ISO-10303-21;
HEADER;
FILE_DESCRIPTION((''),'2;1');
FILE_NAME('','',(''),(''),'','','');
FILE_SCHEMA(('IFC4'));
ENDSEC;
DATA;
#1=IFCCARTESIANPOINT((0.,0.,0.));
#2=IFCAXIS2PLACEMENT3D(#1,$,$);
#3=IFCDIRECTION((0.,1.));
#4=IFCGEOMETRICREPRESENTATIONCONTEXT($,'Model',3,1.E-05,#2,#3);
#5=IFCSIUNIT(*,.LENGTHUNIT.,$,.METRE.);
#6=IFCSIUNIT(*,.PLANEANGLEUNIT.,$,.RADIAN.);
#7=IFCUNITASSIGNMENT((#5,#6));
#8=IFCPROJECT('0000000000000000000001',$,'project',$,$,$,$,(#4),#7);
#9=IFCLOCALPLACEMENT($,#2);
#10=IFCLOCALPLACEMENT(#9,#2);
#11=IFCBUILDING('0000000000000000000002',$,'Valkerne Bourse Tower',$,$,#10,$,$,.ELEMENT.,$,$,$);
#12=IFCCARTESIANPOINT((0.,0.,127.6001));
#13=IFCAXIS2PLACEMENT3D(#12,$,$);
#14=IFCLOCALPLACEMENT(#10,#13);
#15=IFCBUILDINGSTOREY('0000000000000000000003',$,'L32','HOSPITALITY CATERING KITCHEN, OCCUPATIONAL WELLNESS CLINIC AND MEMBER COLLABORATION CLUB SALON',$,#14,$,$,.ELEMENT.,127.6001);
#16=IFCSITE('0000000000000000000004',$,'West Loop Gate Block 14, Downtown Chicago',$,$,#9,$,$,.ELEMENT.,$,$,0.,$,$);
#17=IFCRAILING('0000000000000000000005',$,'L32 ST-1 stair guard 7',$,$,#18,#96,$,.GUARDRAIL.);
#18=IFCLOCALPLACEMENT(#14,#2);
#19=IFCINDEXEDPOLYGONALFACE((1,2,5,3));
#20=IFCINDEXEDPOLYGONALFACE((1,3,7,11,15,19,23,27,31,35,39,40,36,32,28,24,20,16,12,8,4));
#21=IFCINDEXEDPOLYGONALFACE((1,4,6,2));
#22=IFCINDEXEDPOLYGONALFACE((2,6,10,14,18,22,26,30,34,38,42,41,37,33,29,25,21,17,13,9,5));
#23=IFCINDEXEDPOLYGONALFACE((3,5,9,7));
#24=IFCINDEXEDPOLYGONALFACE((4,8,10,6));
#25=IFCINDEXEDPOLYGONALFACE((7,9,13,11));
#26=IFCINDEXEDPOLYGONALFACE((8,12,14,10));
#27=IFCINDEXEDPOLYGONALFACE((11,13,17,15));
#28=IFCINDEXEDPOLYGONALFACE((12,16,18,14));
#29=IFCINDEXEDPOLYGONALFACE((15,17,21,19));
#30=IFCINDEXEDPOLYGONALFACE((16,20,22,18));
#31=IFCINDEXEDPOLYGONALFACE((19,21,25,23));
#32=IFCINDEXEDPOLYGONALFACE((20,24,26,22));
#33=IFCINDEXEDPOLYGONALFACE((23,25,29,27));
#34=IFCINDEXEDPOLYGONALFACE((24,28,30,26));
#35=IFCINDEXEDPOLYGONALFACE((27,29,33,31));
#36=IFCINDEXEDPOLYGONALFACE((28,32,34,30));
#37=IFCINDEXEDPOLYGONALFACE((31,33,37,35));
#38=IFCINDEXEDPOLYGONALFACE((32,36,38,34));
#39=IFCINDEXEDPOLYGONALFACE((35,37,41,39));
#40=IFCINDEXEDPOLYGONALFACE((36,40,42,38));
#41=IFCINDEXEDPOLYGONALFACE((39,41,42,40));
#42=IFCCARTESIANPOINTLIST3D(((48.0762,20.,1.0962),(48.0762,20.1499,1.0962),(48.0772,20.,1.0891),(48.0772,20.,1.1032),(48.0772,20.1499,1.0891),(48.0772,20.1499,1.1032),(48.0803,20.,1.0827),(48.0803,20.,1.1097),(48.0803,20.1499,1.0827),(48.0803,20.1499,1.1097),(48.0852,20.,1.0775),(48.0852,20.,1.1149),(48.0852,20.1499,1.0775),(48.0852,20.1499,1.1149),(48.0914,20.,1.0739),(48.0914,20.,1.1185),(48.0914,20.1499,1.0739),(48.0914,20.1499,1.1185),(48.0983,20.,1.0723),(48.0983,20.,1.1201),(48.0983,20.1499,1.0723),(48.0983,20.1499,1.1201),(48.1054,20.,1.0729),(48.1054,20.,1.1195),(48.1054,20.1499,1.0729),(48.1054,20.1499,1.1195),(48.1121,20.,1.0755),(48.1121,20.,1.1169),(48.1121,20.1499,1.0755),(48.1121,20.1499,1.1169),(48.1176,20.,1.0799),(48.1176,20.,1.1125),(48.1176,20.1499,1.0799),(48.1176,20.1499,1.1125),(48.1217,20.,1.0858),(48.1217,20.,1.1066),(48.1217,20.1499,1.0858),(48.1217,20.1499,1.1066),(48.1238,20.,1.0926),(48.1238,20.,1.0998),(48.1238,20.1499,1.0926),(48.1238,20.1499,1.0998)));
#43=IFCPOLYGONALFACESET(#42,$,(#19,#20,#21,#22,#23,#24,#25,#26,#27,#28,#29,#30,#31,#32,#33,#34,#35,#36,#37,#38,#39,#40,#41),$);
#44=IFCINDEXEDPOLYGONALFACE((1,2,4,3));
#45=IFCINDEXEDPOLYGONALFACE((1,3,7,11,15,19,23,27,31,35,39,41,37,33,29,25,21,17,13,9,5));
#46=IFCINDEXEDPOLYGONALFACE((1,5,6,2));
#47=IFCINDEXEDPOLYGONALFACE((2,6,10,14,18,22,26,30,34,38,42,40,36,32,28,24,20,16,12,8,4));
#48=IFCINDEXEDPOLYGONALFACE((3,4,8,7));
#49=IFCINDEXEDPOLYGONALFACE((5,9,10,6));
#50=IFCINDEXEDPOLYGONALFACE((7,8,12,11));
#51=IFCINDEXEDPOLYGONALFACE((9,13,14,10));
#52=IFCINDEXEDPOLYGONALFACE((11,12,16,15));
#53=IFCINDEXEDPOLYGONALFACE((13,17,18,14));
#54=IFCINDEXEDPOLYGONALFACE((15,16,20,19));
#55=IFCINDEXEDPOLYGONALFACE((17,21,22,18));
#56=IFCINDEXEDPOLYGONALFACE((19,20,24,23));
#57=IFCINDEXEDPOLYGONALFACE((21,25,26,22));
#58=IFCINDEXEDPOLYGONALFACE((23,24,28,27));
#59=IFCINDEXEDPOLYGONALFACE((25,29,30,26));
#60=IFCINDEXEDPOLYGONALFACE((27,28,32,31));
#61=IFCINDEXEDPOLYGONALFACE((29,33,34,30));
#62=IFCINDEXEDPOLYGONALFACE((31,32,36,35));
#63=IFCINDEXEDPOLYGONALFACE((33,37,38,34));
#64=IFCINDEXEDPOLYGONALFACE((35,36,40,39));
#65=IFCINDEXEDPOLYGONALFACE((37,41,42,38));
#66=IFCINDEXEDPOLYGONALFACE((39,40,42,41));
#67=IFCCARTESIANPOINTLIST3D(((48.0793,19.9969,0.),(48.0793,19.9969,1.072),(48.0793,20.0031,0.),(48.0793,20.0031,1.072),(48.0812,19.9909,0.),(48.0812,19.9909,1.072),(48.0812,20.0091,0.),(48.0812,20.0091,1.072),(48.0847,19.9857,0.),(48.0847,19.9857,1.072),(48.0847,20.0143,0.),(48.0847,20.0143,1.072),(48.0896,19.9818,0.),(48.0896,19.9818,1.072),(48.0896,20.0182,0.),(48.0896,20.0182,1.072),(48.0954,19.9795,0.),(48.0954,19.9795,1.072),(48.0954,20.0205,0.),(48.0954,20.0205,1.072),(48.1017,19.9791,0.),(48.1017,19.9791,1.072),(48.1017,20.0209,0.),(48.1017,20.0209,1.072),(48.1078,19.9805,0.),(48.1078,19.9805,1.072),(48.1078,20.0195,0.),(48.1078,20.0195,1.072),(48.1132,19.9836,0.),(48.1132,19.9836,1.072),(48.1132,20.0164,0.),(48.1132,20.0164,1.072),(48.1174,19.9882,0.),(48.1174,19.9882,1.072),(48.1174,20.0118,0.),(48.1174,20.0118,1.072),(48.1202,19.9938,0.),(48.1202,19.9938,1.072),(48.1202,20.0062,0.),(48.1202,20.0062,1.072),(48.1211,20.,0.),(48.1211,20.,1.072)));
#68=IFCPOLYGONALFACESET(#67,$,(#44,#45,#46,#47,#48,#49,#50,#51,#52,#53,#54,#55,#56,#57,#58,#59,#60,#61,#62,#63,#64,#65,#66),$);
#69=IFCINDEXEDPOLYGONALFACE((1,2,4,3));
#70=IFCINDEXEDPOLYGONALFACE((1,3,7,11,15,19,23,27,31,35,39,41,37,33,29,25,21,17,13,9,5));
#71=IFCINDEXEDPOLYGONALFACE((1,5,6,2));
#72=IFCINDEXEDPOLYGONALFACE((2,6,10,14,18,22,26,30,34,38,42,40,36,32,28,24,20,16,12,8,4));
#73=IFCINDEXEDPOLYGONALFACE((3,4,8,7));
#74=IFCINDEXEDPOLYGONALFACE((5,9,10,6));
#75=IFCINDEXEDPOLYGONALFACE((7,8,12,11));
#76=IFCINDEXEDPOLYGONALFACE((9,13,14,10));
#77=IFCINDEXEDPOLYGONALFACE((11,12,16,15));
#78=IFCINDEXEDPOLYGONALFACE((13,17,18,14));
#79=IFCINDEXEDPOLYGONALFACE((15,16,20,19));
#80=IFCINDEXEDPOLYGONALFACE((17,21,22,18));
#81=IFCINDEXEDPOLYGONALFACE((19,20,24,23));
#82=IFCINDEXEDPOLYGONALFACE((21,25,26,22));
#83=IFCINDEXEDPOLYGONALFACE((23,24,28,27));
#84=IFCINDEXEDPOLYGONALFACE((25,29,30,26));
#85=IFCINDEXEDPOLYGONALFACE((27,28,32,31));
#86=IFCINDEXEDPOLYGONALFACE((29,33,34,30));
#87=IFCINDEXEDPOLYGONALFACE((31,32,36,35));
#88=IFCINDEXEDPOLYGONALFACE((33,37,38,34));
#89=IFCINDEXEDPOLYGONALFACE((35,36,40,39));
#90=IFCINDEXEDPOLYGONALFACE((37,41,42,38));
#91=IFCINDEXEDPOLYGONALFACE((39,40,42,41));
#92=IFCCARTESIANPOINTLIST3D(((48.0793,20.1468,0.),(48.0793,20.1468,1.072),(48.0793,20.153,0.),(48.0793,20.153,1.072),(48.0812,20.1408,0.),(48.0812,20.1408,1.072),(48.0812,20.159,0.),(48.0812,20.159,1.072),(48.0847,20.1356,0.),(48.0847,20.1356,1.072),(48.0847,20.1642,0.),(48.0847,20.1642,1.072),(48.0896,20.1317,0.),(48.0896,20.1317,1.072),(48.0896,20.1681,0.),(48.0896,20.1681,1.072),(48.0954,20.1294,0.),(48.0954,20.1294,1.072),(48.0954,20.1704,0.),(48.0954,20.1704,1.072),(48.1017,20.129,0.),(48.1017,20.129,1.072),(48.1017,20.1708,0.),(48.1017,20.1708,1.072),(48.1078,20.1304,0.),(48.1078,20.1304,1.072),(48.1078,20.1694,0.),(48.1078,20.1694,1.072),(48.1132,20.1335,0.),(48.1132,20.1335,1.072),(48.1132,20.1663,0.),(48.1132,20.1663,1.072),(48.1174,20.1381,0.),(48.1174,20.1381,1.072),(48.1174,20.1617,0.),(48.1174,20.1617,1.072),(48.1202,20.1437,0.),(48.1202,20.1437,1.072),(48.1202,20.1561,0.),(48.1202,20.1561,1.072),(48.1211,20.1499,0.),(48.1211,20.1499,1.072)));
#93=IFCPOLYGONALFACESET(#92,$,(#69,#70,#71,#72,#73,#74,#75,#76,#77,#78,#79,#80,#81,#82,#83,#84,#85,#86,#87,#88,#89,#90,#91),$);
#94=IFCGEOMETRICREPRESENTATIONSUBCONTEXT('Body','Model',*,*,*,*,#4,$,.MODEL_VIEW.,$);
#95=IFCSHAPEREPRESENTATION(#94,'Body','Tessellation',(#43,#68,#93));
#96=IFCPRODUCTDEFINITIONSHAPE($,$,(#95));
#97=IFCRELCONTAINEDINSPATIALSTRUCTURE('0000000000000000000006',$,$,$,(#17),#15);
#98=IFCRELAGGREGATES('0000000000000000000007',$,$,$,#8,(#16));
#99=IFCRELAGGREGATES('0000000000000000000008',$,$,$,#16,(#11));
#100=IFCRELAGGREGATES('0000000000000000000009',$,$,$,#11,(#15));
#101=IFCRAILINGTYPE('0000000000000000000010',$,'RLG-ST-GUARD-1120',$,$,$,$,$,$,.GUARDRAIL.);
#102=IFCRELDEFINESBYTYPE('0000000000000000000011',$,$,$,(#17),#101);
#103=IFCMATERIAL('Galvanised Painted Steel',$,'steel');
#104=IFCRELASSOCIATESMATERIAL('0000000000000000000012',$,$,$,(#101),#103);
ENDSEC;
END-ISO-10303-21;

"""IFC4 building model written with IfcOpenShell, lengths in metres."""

from ifc_helpers import new_model, si_unit, direction, frame, origin, origin_2d, place, context, subcontext, project, spatial, circle, extrude, material, type_object, element, save


model = new_model("IFC4")

# Units and contexts
model_context = context("Model", 3, precision=1e-05, world=origin(), true_north=direction((0.0, 1.0)))
body_context = subcontext(model_context, "Body", "Model", "MODEL_VIEW")
ifc_project = project(units=[si_unit("LENGTHUNIT", "METRE"), si_unit("PLANEANGLEUNIT", "RADIAN")], contexts=[model_context])

# Site, building, storey
site_placement = place(None, origin())
site = spatial("IfcSite", under=ifc_project, at=site_placement, Name="West Loop Gate Block 14, Downtown Chicago", CompositionType="ELEMENT", RefElevation=0.0)
building_placement = place(site_placement, origin())
building = spatial("IfcBuilding", under=site, at=building_placement, Name="Valkerne Bourse Tower", CompositionType="ELEMENT")
storey_placement = place(building_placement, frame((0.0, 0.0, 127.6001)))
storey = spatial("IfcBuildingStorey", under=building, at=storey_placement, Name="L32", Description="HOSPITALITY CATERING KITCHEN, OCCUPATIONAL WELLNESS CLINIC AND MEMBER COLLABORATION CLUB SALON", CompositionType="ELEMENT", Elevation=127.6001)

# Shared definitions
ifc_material_1 = material(Name="Galvanised Painted Steel", Category="steel")

# Railing
railing_type_1 = type_object("IfcRailingType", Name="RLG-ST-GUARD-1120", PredefinedType="GUARDRAIL", material=ifc_material_1)
railing_1_placement = place(storey_placement, frame((48.1001, 20.0, 0.0)))
element("IfcRailing", 1, at=railing_1_placement, inside=storey, type_object=railing_type_1, Name="L32 ST-1 stair guard 7", PredefinedType="GUARDRAIL", context=body_context, shape_type="SweptSolid", body=[
    extrude(circle(Radius=0.0239, at=origin_2d()), frame((0.0, 0.0, 1.0962), z_axis=(0.0, 1.0, 0.0), x_axis=(-1.0, 0.0, 0.0)), (0.0, 0.0, 1.0), 0.1499),
    extrude(circle(Radius=0.021, at=origin_2d()), origin(), (0.0, 0.0, 1.0), 1.072),
    extrude(circle(Radius=0.021, at=origin_2d()), frame((0.0, 0.1499, 0.0)), (0.0, 0.0, 1.0), 1.072),
])

save(model, "model.ifc")
